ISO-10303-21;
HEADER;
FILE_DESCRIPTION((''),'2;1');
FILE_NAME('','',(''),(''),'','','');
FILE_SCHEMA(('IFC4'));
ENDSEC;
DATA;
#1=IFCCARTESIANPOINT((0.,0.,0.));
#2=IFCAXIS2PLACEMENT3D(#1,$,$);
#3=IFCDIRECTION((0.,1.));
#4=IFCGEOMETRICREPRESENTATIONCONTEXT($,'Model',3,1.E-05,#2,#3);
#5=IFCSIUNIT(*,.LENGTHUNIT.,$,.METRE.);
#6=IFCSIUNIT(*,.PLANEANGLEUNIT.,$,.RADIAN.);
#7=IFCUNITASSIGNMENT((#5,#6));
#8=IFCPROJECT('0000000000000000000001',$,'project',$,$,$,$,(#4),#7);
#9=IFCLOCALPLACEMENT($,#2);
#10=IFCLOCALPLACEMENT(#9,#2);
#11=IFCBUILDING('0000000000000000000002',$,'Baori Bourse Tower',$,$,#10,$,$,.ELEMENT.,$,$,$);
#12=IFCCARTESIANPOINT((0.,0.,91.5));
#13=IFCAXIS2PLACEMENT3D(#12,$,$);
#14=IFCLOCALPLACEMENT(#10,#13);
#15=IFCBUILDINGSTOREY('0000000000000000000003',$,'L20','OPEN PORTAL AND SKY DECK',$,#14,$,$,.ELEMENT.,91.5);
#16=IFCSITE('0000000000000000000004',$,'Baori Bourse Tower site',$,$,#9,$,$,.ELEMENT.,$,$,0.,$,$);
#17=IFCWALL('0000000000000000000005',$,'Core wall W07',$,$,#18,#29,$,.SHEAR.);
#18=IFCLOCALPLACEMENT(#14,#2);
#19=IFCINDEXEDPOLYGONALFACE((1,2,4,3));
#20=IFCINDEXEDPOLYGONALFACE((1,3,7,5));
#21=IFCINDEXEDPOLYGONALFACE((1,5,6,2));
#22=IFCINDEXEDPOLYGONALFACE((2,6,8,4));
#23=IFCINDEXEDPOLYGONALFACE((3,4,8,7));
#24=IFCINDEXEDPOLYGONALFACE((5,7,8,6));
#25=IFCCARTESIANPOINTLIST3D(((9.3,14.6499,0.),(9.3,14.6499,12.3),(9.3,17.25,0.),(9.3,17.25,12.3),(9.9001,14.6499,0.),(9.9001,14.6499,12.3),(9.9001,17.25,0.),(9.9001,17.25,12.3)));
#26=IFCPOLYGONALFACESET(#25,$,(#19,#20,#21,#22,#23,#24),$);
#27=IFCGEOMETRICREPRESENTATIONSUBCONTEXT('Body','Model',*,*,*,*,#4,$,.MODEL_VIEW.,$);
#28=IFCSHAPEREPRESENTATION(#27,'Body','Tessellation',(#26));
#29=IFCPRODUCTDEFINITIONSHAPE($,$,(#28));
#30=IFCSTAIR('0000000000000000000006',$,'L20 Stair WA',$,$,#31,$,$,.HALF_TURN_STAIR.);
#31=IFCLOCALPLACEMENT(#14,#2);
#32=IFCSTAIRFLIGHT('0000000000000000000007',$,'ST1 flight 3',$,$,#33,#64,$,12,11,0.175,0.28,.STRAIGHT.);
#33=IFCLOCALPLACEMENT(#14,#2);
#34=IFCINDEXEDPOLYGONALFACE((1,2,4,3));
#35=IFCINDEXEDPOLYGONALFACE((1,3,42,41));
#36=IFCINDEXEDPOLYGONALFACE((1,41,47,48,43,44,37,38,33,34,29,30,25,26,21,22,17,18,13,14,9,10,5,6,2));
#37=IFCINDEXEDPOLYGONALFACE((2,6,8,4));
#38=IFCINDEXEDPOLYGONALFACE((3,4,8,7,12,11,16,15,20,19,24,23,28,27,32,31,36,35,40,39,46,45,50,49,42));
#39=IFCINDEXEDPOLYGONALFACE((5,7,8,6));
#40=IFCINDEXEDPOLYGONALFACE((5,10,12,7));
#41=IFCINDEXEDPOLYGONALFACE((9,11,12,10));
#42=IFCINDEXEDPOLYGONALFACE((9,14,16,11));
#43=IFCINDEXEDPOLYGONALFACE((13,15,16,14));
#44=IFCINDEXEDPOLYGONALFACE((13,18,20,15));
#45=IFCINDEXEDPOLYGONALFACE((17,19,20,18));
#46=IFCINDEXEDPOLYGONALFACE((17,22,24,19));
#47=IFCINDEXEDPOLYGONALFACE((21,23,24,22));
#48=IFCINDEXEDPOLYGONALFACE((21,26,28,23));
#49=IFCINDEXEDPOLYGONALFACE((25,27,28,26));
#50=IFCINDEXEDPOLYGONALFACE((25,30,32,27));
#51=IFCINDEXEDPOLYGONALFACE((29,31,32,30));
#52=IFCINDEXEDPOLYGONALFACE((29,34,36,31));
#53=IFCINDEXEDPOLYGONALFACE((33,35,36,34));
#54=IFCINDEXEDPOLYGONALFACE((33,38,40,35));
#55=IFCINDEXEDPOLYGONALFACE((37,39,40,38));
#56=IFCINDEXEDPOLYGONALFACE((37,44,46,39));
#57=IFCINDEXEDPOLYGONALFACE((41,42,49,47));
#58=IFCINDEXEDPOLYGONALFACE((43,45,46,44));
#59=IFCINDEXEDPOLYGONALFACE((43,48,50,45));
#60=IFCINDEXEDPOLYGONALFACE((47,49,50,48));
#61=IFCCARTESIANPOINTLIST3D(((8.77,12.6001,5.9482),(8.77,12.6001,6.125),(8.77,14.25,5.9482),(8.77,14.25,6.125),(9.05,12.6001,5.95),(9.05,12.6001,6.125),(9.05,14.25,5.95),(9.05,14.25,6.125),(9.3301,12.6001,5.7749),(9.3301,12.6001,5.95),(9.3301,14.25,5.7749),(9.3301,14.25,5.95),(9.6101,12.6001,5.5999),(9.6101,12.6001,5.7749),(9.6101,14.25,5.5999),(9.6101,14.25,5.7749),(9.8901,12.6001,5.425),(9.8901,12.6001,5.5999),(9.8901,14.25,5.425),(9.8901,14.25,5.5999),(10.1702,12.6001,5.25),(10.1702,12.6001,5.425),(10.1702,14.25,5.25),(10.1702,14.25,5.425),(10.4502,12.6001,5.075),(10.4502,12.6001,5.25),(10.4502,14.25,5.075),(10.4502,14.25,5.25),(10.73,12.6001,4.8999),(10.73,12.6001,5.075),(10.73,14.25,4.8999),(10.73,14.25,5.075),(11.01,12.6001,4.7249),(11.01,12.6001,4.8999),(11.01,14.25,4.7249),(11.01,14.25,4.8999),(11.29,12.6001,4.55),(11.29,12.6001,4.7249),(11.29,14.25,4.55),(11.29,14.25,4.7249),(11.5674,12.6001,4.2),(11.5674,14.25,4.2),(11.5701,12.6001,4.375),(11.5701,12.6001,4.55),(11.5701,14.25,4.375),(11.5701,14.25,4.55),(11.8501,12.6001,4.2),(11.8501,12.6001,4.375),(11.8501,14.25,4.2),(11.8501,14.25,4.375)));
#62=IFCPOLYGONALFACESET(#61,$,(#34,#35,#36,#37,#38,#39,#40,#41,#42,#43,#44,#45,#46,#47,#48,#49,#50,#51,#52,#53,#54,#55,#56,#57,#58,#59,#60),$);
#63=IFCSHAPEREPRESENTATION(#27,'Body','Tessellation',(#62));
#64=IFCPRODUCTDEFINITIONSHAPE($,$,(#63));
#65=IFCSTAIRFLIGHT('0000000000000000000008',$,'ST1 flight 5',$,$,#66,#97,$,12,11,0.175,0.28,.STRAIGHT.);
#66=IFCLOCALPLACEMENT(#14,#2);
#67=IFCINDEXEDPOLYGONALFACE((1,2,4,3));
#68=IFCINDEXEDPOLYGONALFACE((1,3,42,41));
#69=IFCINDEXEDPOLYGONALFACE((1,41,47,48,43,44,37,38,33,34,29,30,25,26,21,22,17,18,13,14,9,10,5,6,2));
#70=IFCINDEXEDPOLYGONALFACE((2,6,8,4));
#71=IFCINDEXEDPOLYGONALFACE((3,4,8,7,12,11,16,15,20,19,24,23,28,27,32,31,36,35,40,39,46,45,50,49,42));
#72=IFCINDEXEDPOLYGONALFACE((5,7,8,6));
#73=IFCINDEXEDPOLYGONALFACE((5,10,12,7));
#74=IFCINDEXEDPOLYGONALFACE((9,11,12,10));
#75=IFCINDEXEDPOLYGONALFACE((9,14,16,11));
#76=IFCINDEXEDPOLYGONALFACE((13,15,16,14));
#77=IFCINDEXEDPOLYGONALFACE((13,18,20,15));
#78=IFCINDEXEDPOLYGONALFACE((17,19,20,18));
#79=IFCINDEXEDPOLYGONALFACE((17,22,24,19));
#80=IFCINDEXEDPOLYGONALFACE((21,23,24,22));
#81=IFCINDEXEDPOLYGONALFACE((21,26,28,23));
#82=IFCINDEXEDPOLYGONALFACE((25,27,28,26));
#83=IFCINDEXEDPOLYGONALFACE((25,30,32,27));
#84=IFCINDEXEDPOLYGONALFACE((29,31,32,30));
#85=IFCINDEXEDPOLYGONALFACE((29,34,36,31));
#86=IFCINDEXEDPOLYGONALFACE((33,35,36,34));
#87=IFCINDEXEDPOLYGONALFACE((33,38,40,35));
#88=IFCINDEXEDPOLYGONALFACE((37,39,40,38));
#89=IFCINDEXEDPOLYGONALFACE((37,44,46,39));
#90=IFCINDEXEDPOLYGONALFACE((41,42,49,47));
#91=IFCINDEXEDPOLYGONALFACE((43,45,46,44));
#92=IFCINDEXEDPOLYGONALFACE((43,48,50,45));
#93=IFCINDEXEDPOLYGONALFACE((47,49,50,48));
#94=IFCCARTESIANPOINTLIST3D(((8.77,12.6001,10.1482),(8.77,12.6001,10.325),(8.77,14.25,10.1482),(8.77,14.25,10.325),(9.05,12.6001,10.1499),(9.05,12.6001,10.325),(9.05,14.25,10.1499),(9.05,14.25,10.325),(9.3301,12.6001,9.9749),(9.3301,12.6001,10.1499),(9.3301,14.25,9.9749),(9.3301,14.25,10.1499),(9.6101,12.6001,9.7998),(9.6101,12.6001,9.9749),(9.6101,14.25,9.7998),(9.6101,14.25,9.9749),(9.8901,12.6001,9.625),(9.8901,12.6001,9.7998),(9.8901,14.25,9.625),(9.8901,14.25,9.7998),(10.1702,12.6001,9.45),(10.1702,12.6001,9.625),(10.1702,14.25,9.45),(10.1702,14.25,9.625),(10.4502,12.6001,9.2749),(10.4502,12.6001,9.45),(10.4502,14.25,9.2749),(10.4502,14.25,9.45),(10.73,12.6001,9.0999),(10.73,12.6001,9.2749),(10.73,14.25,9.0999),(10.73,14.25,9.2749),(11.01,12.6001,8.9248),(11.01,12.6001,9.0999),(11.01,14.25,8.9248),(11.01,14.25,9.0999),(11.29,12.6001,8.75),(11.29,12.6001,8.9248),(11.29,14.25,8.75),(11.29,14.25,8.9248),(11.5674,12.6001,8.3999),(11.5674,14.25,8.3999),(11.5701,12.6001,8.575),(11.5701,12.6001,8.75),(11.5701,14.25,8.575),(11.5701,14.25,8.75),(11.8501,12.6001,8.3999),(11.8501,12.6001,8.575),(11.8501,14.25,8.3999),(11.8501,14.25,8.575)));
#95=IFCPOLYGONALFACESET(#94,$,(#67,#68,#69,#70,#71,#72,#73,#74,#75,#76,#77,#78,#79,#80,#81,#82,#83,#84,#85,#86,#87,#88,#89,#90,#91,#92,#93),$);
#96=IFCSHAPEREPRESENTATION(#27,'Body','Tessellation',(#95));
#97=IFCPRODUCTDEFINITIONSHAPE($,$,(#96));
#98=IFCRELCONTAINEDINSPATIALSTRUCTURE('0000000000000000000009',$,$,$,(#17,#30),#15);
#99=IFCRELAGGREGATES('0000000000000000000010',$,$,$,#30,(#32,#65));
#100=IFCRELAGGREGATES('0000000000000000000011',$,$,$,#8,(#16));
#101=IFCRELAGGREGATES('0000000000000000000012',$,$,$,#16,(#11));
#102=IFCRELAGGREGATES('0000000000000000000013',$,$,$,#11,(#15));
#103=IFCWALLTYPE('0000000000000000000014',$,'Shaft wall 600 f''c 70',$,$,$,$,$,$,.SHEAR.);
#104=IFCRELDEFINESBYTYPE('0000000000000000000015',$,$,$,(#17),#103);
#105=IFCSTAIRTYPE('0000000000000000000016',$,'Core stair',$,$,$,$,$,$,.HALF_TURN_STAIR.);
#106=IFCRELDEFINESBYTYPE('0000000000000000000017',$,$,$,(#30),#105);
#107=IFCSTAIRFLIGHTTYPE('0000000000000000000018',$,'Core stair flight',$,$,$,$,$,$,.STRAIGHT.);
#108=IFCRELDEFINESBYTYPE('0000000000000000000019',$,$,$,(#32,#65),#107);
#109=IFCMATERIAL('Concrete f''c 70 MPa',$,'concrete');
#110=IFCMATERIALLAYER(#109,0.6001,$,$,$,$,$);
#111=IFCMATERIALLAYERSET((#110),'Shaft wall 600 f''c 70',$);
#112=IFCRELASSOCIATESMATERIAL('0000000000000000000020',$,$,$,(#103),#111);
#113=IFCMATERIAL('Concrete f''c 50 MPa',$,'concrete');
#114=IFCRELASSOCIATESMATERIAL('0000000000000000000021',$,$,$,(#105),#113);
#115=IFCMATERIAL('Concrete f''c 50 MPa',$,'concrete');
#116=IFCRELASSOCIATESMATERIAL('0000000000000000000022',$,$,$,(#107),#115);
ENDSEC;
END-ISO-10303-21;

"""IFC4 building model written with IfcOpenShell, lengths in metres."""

from ifc_helpers import new_model, si_unit, direction, frame, frame_2d, origin, place, context, subcontext, project, spatial, polyline, rectangle, outline, extrude, material, layer, layer_set, type_object, element, aggregate, save


model = new_model("IFC4")

# Units and contexts
model_context = context("Model", 3, precision=1e-05, world=origin(), true_north=direction((0.0, 1.0)))
body_context = subcontext(model_context, "Body", "Model", "MODEL_VIEW")
ifc_project = project(units=[si_unit("LENGTHUNIT", "METRE"), si_unit("PLANEANGLEUNIT", "RADIAN")], contexts=[model_context])

# Site, building, storey
site_placement = place(None, origin())
site = spatial("IfcSite", under=ifc_project, at=site_placement, Name="Baori Bourse Tower site", CompositionType="ELEMENT", RefElevation=0.0)
building_placement = place(site_placement, origin())
building = spatial("IfcBuilding", under=site, at=building_placement, Name="Baori Bourse Tower", CompositionType="ELEMENT")
storey_placement = place(building_placement, frame((0.0, 0.0, 91.5)))
storey = spatial("IfcBuildingStorey", under=building, at=storey_placement, Name="L20", Description="OPEN PORTAL AND SKY DECK", CompositionType="ELEMENT", Elevation=91.5)

# Wall
ifc_material_1 = material(Name="Concrete f'c 70 MPa", Category="concrete")
ifc_layer_1 = layer(ifc_material_1, 0.6001)
ifc_layer_set_1 = layer_set([ifc_layer_1], Name="Shaft wall 600 f'c 70")
wall_type_1 = type_object("IfcWallType", Name="Shaft wall 600 f'c 70", PredefinedType="SHEAR", material=ifc_layer_set_1)
wall_1_placement = place(storey_placement, frame((9.6001, 14.6499, 0.0), z_axis=(0.0, 0.0, 1.0), x_axis=(0.0, 1.0, 0.0)))
element("IfcWall", 1, at=wall_1_placement, inside=storey, type_object=wall_type_1, Name="Core wall W07", PredefinedType="SHEAR", context=body_context, shape_type="SweptSolid", body=[
    extrude(rectangle(XDim=2.6001, YDim=0.6001, at=frame_2d((1.3, 0.0))), origin(), (0.0, 0.0, 1.0), 12.3),
])

# Stair, stair flights
ifc_material_2 = material(Name="Concrete f'c 50 MPa", Category="concrete")
stair_type = type_object("IfcStairType", Name="Core stair", PredefinedType="HALF_TURN_STAIR", material=ifc_material_2)
stair_placement = place(storey_placement, origin())
stair = element("IfcStair", 2, at=stair_placement, inside=storey, type_object=stair_type, Name="L20 Stair WA", PredefinedType="HALF_TURN_STAIR")
ifc_material_3 = material(Name="Concrete f'c 50 MPa", Category="concrete")
stair_flight_type = type_object("IfcStairFlightType", Name="Core stair flight", PredefinedType="STRAIGHT", material=ifc_material_3)
stair_flight_1_placement = place(storey_placement, frame((11.8501, 13.425, 4.2), z_axis=(0.0, 0.0, 1.0), x_axis=(-1.0, 0.0, 0.0)))
stair_flight_1 = element("IfcStairFlight", 3, at=stair_flight_1_placement, type_object=stair_flight_type, Name="ST1 flight 3", NumberOfRisers=12, NumberOfTreads=11, PredefinedType="STRAIGHT", RiserHeight=0.175, TreadLength=0.28, context=body_context, shape_type="SweptSolid", body=[
    extrude(outline(polyline([(0.0, 0.0), (0.0, 0.175), (0.28, 0.175), (0.28, 0.3501), (0.5601, 0.3501), (0.5601, 0.5249), (0.8401, 0.5249), (0.8401, 0.7), (1.1201, 0.7), (1.1201, 0.875), (1.3999, 0.875), (1.3999, 1.05), (1.6799, 1.05), (1.6799, 1.2251), (1.96, 1.2251), (1.96, 1.3999), (2.24, 1.3999), (2.24, 1.575), (2.52, 1.575), (2.52, 1.75), (2.8, 1.75), (2.8, 1.925), (3.0801, 1.925), (3.0801, 2.1001), (3.0801, 1.7483), (0.2827, 0.0), (0.0, 0.0)])), frame((0.0, 0.825, 0.0), z_axis=(0.0, -1.0, 0.0), x_axis=(1.0, 0.0, 0.0)), (0.0, 0.0, 1.0), 1.6499),
])
stair_flight_2_placement = place(storey_placement, frame((11.8501, 13.425, 8.3999), z_axis=(0.0, 0.0, 1.0), x_axis=(-1.0, 0.0, 0.0)))
stair_flight_2 = element("IfcStairFlight", 4, at=stair_flight_2_placement, type_object=stair_flight_type, Name="ST1 flight 5", NumberOfRisers=12, NumberOfTreads=11, PredefinedType="STRAIGHT", RiserHeight=0.175, TreadLength=0.28, context=body_context, shape_type="SweptSolid", body=[
    extrude(outline(polyline([(0.0, 0.0), (0.0, 0.175), (0.28, 0.175), (0.28, 0.3501), (0.5601, 0.3501), (0.5601, 0.5249), (0.8401, 0.5249), (0.8401, 0.7), (1.1201, 0.7), (1.1201, 0.875), (1.3999, 0.875), (1.3999, 1.05), (1.6799, 1.05), (1.6799, 1.2251), (1.96, 1.2251), (1.96, 1.3999), (2.24, 1.3999), (2.24, 1.575), (2.52, 1.575), (2.52, 1.75), (2.8, 1.75), (2.8, 1.925), (3.0801, 1.925), (3.0801, 2.1001), (3.0801, 1.7483), (0.2827, 0.0), (0.0, 0.0)])), frame((0.0, 0.825, 0.0), z_axis=(0.0, -1.0, 0.0), x_axis=(1.0, 0.0, 0.0)), (0.0, 0.0, 1.0), 1.6499),
])
aggregate(stair, [stair_flight_1, stair_flight_2])

save(model, "model.ifc")
